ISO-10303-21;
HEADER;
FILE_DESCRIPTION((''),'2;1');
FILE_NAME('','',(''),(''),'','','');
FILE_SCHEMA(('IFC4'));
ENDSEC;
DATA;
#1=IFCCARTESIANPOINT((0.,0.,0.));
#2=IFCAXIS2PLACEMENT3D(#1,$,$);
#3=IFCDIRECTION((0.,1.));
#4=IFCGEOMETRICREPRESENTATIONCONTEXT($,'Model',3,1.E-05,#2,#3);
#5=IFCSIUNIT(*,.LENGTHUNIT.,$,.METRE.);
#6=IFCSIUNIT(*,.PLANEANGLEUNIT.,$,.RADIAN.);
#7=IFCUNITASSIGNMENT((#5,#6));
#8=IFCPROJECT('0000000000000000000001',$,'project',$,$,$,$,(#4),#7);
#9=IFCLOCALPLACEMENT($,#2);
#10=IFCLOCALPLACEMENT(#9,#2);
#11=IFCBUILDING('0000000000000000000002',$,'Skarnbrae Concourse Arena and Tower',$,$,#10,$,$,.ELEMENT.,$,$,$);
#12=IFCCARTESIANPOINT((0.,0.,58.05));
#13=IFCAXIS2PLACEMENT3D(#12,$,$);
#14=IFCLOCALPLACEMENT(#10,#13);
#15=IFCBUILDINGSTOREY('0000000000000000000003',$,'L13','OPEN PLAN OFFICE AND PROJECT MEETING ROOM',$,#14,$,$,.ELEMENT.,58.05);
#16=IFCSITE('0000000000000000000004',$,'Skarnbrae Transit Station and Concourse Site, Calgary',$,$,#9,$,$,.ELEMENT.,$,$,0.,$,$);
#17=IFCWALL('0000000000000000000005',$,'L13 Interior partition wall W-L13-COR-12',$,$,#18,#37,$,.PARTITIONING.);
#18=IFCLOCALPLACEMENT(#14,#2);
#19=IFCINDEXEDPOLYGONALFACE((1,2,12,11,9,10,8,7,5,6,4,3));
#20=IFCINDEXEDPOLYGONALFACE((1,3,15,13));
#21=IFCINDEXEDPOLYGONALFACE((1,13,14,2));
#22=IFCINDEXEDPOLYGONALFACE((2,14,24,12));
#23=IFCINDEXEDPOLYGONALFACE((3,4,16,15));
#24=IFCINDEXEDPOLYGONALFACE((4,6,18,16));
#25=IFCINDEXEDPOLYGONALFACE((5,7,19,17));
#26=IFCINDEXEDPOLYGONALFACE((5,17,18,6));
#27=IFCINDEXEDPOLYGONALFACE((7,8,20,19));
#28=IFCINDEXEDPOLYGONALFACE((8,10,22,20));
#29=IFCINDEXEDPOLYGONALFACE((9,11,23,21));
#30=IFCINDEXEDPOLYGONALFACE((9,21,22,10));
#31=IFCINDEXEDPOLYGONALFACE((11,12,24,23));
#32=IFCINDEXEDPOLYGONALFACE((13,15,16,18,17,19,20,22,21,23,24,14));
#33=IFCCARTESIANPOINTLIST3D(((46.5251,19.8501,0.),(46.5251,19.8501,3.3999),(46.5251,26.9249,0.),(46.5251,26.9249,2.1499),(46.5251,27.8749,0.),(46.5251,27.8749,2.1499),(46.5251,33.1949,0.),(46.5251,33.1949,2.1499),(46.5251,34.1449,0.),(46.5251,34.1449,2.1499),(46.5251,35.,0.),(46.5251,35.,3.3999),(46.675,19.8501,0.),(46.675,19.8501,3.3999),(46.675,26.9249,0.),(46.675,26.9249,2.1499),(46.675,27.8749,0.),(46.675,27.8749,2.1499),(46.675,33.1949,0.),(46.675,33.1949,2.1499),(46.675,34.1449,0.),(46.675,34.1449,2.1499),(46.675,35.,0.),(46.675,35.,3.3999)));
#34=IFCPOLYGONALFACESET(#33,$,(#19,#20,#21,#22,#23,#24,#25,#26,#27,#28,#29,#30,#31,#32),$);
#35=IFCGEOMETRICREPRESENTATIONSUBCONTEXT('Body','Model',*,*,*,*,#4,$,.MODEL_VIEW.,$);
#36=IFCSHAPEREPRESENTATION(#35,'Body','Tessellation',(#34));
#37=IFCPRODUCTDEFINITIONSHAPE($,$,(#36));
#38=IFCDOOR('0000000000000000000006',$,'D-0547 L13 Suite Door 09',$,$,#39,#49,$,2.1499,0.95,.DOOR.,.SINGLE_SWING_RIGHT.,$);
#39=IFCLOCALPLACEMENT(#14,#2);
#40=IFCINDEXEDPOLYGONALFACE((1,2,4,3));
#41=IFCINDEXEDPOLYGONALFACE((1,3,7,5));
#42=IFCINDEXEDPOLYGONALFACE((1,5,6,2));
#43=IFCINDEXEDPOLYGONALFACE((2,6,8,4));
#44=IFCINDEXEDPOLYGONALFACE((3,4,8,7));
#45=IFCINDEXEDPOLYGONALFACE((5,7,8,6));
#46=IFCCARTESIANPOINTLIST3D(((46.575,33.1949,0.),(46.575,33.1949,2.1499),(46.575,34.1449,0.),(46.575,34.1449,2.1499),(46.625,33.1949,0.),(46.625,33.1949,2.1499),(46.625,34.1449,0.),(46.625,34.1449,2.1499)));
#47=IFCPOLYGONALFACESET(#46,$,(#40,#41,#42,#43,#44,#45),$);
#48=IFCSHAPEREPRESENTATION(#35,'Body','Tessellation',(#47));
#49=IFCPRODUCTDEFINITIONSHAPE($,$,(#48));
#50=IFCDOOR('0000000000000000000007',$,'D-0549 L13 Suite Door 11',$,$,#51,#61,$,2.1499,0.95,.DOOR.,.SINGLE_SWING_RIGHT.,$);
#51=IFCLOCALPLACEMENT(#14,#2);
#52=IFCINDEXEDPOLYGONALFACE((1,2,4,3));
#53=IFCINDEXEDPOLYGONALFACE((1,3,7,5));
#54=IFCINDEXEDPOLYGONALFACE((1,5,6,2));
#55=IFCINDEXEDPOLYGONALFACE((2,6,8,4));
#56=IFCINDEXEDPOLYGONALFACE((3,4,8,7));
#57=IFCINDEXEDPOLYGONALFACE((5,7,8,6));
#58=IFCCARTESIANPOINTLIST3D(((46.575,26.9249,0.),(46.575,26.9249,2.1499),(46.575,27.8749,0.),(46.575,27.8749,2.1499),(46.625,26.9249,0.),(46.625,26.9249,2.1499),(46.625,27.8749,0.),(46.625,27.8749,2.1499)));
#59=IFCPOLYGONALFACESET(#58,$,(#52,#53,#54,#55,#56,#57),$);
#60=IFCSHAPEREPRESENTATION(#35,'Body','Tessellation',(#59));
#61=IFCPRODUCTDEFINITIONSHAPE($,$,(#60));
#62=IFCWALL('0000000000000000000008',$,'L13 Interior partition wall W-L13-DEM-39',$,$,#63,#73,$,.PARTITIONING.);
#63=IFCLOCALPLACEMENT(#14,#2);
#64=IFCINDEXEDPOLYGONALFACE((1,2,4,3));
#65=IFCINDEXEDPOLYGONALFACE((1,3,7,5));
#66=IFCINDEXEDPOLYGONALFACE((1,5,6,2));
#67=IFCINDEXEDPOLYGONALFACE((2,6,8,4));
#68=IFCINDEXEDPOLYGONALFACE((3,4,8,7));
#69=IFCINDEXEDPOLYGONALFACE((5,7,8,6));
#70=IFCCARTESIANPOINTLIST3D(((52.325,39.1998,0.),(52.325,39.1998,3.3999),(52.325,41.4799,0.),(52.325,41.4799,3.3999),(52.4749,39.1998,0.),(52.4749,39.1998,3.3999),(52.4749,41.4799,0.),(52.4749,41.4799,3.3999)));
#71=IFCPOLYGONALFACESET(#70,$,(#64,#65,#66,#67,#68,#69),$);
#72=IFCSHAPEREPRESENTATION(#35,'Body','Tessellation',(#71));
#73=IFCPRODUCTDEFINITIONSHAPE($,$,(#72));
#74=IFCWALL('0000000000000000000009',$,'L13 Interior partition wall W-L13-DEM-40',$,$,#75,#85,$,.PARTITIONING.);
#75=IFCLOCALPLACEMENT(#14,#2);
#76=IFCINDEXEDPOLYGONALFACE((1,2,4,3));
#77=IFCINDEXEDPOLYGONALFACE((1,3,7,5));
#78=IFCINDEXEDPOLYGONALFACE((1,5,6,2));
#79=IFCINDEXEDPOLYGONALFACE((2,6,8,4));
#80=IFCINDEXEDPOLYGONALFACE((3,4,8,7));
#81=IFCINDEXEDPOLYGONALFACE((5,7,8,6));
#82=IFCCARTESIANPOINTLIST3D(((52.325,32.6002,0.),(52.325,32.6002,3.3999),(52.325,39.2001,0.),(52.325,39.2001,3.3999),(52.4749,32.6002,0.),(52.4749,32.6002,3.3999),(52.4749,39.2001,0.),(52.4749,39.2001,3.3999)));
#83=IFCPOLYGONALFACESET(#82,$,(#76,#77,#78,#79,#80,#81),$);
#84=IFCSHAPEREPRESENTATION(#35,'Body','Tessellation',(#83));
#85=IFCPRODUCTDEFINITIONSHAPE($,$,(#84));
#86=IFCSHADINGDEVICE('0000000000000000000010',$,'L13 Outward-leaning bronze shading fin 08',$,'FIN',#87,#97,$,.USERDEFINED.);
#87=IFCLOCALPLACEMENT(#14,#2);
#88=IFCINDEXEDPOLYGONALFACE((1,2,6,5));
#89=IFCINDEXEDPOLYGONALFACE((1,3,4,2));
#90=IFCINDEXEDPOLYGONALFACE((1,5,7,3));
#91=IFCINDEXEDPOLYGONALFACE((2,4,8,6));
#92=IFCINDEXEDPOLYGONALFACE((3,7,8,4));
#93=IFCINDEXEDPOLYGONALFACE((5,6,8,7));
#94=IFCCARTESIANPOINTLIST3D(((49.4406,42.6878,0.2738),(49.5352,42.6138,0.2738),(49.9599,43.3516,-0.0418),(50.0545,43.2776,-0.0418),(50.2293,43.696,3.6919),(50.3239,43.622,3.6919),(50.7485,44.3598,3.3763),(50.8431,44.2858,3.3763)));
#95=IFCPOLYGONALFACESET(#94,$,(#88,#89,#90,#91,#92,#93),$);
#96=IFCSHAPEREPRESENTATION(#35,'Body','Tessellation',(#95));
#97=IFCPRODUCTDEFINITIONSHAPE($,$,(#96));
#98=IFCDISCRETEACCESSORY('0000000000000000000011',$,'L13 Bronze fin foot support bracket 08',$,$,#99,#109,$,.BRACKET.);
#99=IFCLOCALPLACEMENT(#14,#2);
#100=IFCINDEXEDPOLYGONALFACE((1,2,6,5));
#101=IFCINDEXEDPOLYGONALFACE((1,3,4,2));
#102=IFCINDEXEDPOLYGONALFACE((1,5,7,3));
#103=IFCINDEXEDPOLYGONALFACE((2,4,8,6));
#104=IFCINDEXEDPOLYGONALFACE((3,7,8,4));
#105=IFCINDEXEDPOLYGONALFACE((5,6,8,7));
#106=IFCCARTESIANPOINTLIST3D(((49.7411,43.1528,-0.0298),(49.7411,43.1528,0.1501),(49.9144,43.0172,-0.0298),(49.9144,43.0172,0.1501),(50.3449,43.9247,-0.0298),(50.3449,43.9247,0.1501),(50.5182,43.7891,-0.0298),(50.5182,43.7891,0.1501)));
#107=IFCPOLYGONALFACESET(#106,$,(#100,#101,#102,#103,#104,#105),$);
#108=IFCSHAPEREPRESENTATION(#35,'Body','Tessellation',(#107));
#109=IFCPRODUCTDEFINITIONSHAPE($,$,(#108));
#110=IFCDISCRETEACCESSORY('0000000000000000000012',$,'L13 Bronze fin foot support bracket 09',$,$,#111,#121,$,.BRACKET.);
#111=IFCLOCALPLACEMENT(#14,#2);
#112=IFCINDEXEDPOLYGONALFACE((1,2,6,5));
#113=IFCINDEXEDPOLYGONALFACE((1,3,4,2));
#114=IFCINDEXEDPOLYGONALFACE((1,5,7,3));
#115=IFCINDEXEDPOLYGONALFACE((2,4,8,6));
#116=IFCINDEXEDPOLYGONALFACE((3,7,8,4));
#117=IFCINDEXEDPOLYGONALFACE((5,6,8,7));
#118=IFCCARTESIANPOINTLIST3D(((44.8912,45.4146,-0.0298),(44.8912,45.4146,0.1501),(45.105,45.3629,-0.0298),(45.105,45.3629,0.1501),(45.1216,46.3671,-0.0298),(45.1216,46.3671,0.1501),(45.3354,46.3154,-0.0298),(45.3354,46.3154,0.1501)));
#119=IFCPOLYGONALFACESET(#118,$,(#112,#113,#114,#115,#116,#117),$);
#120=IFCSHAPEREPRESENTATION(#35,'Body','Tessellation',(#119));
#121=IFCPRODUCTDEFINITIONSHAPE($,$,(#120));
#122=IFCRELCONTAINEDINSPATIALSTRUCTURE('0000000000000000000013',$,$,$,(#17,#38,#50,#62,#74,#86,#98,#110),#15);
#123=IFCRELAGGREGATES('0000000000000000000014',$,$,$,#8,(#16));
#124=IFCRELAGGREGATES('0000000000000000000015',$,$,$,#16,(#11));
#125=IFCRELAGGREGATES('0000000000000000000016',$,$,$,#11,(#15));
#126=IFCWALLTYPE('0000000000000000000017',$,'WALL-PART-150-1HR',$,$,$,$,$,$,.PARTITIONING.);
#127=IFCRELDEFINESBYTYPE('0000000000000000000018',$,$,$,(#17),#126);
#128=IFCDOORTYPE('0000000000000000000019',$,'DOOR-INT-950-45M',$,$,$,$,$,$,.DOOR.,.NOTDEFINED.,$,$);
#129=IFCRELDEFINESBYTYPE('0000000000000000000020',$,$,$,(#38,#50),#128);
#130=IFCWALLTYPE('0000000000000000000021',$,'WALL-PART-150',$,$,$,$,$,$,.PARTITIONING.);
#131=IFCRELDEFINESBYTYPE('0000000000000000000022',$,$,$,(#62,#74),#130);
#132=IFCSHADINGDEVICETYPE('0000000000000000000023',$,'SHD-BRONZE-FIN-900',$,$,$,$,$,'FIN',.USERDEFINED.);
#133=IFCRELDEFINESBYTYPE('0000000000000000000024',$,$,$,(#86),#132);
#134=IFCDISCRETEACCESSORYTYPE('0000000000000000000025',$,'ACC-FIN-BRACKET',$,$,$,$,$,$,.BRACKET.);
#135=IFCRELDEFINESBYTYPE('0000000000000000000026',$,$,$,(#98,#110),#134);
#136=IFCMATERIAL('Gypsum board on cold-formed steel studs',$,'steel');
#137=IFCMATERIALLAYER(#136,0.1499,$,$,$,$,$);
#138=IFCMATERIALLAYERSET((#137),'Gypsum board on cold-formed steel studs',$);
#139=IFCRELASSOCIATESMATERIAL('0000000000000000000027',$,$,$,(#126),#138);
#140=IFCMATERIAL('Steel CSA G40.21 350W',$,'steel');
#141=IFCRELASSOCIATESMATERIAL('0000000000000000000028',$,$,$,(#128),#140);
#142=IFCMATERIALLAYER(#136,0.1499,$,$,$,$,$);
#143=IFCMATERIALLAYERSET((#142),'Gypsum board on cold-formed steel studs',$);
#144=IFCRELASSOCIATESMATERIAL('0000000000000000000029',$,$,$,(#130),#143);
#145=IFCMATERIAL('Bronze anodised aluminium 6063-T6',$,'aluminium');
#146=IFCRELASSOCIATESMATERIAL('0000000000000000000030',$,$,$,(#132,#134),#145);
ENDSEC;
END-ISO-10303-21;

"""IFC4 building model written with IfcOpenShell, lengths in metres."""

from ifc_helpers import new_model, si_unit, direction, frame, frame_2d, origin, origin_2d, place, context, subcontext, project, spatial, rectangle, extrude, source, transform, mapped, material, layer, layer_set, type_object, element, fill, save


model = new_model("IFC4")

# Units and contexts
model_context = context("Model", 3, precision=1e-05, world=origin(), true_north=direction((0.0, 1.0)))
body_context = subcontext(model_context, "Body", "Model", "MODEL_VIEW")
ifc_project = project(units=[si_unit("LENGTHUNIT", "METRE"), si_unit("PLANEANGLEUNIT", "RADIAN")], contexts=[model_context])

# Site, building, storey
site_placement = place(None, origin())
site = spatial("IfcSite", under=ifc_project, at=site_placement, Name="Skarnbrae Transit Station and Concourse Site, Calgary", CompositionType="ELEMENT", RefElevation=0.0)
building_placement = place(site_placement, origin())
building = spatial("IfcBuilding", under=site, at=building_placement, Name="Skarnbrae Concourse Arena and Tower", CompositionType="ELEMENT")
storey_placement = place(building_placement, frame((0.0, 0.0, 58.05)))
storey = spatial("IfcBuildingStorey", under=building, at=storey_placement, Name="L13", Description="OPEN PLAN OFFICE AND PROJECT MEETING ROOM", CompositionType="ELEMENT", Elevation=58.05)

# Shared definitions
ifc_material_1 = material(Name="Steel CSA G40.21 350W", Category="steel")

# Shared definitions
ifc_material_2 = material(Name="Bronze anodised aluminium 6063-T6", Category="aluminium")

# Wall, openings, doors
ifc_material_3 = material(Name="Gypsum board on cold-formed steel studs", Category="steel")
ifc_layer_1 = layer(ifc_material_3, 0.1499)
ifc_layer_set_1 = layer_set([ifc_layer_1], Name="Gypsum board on cold-formed steel studs")
wall_type_1 = type_object("IfcWallType", Name="WALL-PART-150-1HR", PredefinedType="PARTITIONING", material=ifc_layer_set_1)
shared_shape_1 = source(origin(), body_context, "Body", "SweptSolid", [
    extrude(rectangle(XDim=15.1499, YDim=0.1499, at=frame_2d((7.575, 0.0))), origin(), (0.0, 0.0, 1.0), 3.3999),
])
wall_1_placement = place(storey_placement, frame((46.6001, 35.0, 0.0), z_axis=(0.0, 0.0, 1.0), x_axis=(0.0, -1.0, 0.0)))
wall_1 = element("IfcWall", 1, at=wall_1_placement, inside=storey, type_object=wall_type_1, Name="L13 Interior partition wall W-L13-COR-12", PredefinedType="PARTITIONING", context=body_context, shape_type="MappedRepresentation", body=[
    mapped(shared_shape_1, transform((0.0, 0.0, 0.0))),
])
opening_1_placement = place(wall_1_placement, frame((0.855, 0.0, 0.0)))
opening_1 = element("IfcOpeningElement", 2, at=opening_1_placement, cuts=wall_1, PredefinedType="OPENING", context=body_context, shape_type="SweptSolid", body=[
    extrude(rectangle(XDim=0.95, YDim=2.1499, at=frame_2d((0.4751, 1.075))), frame((0.0, 0.085, 0.0), z_axis=(0.0, -1.0, 0.0), x_axis=(1.0, 0.0, 0.0)), (0.0, 0.0, 1.0), 0.1699),
])
opening_2_placement = place(wall_1_placement, frame((7.125, 0.0, 0.0)))
opening_2 = element("IfcOpeningElement", 3, at=opening_2_placement, cuts=wall_1, PredefinedType="OPENING", context=body_context, shape_type="SweptSolid", body=[
    extrude(rectangle(XDim=0.95, YDim=2.1499, at=frame_2d((0.4751, 1.075))), frame((0.0, 0.085, 0.0), z_axis=(0.0, -1.0, 0.0), x_axis=(1.0, 0.0, 0.0)), (0.0, 0.0, 1.0), 0.1699),
])
door_type = type_object("IfcDoorType", Name="DOOR-INT-950-45M", OperationType="NOTDEFINED", PredefinedType="DOOR", material=ifc_material_1)
shared_shape_2 = source(origin(), body_context, "Body", "SweptSolid", [
    extrude(rectangle(XDim=0.95, YDim=2.1499, at=frame_2d((0.4751, 1.075))), frame((0.0, 0.0249, 0.0), z_axis=(0.0, -1.0, 0.0), x_axis=(1.0, 0.0, 0.0)), (0.0, 0.0, 1.0), 0.05),
])
door_1_placement = place(opening_1_placement, origin())
door_1 = element("IfcDoor", 4, at=door_1_placement, inside=storey, type_object=door_type, Name="D-0547 L13 Suite Door 09", OperationType="SINGLE_SWING_RIGHT", OverallHeight=2.1499, OverallWidth=0.95, PredefinedType="DOOR", context=body_context, shape_type="MappedRepresentation", body=[
    mapped(shared_shape_2, transform((0.0, 0.0, 0.0))),
])
fill(opening_1, door_1)
door_2_placement = place(opening_2_placement, origin())
door_2 = element("IfcDoor", 5, at=door_2_placement, inside=storey, type_object=door_type, Name="D-0549 L13 Suite Door 11", OperationType="SINGLE_SWING_RIGHT", OverallHeight=2.1499, OverallWidth=0.95, PredefinedType="DOOR", context=body_context, shape_type="MappedRepresentation", body=[
    mapped(shared_shape_2, transform((0.0, 0.0, 0.0))),
])
fill(opening_2, door_2)

# Walls
ifc_layer_2 = layer(ifc_material_3, 0.1499)
ifc_layer_set_2 = layer_set([ifc_layer_2], Name="Gypsum board on cold-formed steel studs")
wall_type_2 = type_object("IfcWallType", Name="WALL-PART-150", PredefinedType="PARTITIONING", material=ifc_layer_set_2)
shared_shape_3 = source(origin(), body_context, "Body", "SweptSolid", [
    extrude(rectangle(XDim=2.28, YDim=0.1499, at=frame_2d((1.1401, 0.0))), origin(), (0.0, 0.0, 1.0), 3.3999),
])
wall_2_placement = place(storey_placement, frame((52.3999, 41.48, 0.0), z_axis=(0.0, 0.0, 1.0), x_axis=(0.0, -1.0, 0.0)))
element("IfcWall", 6, at=wall_2_placement, inside=storey, type_object=wall_type_2, Name="L13 Interior partition wall W-L13-DEM-39", PredefinedType="PARTITIONING", context=body_context, shape_type="MappedRepresentation", body=[
    mapped(shared_shape_3, transform((0.0, 0.0, 0.0))),
])
shared_shape_4 = source(origin(), body_context, "Body", "SweptSolid", [
    extrude(rectangle(XDim=6.5999, YDim=0.1499, at=frame_2d((3.2998, 0.0))), origin(), (0.0, 0.0, 1.0), 3.3999),
])
wall_3_placement = place(storey_placement, frame((52.3999, 39.2, 0.0), z_axis=(0.0, 0.0, 1.0), x_axis=(0.0, -1.0, 0.0)))
element("IfcWall", 7, at=wall_3_placement, inside=storey, type_object=wall_type_2, Name="L13 Interior partition wall W-L13-DEM-40", PredefinedType="PARTITIONING", context=body_context, shape_type="MappedRepresentation", body=[
    mapped(shared_shape_4, transform((0.0, 0.0, 0.0))),
])

# Shading device
shading_device_type = type_object("IfcShadingDeviceType", Name="SHD-BRONZE-FIN-900", ElementType="FIN", PredefinedType="USERDEFINED", material=ifc_material_2)
shared_shape_5 = source(origin(), body_context, "Body", "SweptSolid", [
    extrude(rectangle(XDim=0.1201, YDim=0.8999, at=origin_2d()), origin(), (0.0, 0.0, 1.0), 3.6499),
])
shading_device_placement = place(storey_placement, frame((49.7476, 42.9827, 0.116), z_axis=(0.21607, 0.276229, 0.936489), x_axis=(0.787656, -0.616115, 0.0)))
element("IfcShadingDevice", 8, at=shading_device_placement, inside=storey, type_object=shading_device_type, Name="L13 Outward-leaning bronze shading fin 08", ObjectType="FIN", PredefinedType="USERDEFINED", context=body_context, shape_type="MappedRepresentation", body=[
    mapped(shared_shape_5, transform((0.0, 0.0, 0.0))),
])

# Discrete accessories
discrete_accessory_type = type_object("IfcDiscreteAccessoryType", Name="ACC-FIN-BRACKET", PredefinedType="BRACKET", material=ifc_material_2)
shared_shape_6 = source(origin(), body_context, "Body", "SweptSolid", [
    extrude(rectangle(XDim=0.22, YDim=0.98, at=origin_2d()), origin(), (0.0, 0.0, 1.0), 0.1799),
])
for number, where, z_axis, x_axis, name in (
    (9, (50.1296, 43.4709, -0.0298), (0.0, 0.0, 1.0), (0.787656, -0.616115, 0.0), "L13 Bronze fin foot support bracket 08"),
    (10, (45.1133, 45.865, -0.0298), (0.0, 0.0, 1.0), (0.971973, -0.235091, 0.0), "L13 Bronze fin foot support bracket 09"),
):
    element("IfcDiscreteAccessory", number, at=place(storey_placement, frame(where, z_axis=z_axis, x_axis=x_axis)), inside=storey, type_object=discrete_accessory_type, Name=name, PredefinedType="BRACKET", context=body_context, shape_type="MappedRepresentation", body=[
        mapped(shared_shape_6, transform((0.0, 0.0, 0.0))),
    ])

save(model, "model.ifc")
